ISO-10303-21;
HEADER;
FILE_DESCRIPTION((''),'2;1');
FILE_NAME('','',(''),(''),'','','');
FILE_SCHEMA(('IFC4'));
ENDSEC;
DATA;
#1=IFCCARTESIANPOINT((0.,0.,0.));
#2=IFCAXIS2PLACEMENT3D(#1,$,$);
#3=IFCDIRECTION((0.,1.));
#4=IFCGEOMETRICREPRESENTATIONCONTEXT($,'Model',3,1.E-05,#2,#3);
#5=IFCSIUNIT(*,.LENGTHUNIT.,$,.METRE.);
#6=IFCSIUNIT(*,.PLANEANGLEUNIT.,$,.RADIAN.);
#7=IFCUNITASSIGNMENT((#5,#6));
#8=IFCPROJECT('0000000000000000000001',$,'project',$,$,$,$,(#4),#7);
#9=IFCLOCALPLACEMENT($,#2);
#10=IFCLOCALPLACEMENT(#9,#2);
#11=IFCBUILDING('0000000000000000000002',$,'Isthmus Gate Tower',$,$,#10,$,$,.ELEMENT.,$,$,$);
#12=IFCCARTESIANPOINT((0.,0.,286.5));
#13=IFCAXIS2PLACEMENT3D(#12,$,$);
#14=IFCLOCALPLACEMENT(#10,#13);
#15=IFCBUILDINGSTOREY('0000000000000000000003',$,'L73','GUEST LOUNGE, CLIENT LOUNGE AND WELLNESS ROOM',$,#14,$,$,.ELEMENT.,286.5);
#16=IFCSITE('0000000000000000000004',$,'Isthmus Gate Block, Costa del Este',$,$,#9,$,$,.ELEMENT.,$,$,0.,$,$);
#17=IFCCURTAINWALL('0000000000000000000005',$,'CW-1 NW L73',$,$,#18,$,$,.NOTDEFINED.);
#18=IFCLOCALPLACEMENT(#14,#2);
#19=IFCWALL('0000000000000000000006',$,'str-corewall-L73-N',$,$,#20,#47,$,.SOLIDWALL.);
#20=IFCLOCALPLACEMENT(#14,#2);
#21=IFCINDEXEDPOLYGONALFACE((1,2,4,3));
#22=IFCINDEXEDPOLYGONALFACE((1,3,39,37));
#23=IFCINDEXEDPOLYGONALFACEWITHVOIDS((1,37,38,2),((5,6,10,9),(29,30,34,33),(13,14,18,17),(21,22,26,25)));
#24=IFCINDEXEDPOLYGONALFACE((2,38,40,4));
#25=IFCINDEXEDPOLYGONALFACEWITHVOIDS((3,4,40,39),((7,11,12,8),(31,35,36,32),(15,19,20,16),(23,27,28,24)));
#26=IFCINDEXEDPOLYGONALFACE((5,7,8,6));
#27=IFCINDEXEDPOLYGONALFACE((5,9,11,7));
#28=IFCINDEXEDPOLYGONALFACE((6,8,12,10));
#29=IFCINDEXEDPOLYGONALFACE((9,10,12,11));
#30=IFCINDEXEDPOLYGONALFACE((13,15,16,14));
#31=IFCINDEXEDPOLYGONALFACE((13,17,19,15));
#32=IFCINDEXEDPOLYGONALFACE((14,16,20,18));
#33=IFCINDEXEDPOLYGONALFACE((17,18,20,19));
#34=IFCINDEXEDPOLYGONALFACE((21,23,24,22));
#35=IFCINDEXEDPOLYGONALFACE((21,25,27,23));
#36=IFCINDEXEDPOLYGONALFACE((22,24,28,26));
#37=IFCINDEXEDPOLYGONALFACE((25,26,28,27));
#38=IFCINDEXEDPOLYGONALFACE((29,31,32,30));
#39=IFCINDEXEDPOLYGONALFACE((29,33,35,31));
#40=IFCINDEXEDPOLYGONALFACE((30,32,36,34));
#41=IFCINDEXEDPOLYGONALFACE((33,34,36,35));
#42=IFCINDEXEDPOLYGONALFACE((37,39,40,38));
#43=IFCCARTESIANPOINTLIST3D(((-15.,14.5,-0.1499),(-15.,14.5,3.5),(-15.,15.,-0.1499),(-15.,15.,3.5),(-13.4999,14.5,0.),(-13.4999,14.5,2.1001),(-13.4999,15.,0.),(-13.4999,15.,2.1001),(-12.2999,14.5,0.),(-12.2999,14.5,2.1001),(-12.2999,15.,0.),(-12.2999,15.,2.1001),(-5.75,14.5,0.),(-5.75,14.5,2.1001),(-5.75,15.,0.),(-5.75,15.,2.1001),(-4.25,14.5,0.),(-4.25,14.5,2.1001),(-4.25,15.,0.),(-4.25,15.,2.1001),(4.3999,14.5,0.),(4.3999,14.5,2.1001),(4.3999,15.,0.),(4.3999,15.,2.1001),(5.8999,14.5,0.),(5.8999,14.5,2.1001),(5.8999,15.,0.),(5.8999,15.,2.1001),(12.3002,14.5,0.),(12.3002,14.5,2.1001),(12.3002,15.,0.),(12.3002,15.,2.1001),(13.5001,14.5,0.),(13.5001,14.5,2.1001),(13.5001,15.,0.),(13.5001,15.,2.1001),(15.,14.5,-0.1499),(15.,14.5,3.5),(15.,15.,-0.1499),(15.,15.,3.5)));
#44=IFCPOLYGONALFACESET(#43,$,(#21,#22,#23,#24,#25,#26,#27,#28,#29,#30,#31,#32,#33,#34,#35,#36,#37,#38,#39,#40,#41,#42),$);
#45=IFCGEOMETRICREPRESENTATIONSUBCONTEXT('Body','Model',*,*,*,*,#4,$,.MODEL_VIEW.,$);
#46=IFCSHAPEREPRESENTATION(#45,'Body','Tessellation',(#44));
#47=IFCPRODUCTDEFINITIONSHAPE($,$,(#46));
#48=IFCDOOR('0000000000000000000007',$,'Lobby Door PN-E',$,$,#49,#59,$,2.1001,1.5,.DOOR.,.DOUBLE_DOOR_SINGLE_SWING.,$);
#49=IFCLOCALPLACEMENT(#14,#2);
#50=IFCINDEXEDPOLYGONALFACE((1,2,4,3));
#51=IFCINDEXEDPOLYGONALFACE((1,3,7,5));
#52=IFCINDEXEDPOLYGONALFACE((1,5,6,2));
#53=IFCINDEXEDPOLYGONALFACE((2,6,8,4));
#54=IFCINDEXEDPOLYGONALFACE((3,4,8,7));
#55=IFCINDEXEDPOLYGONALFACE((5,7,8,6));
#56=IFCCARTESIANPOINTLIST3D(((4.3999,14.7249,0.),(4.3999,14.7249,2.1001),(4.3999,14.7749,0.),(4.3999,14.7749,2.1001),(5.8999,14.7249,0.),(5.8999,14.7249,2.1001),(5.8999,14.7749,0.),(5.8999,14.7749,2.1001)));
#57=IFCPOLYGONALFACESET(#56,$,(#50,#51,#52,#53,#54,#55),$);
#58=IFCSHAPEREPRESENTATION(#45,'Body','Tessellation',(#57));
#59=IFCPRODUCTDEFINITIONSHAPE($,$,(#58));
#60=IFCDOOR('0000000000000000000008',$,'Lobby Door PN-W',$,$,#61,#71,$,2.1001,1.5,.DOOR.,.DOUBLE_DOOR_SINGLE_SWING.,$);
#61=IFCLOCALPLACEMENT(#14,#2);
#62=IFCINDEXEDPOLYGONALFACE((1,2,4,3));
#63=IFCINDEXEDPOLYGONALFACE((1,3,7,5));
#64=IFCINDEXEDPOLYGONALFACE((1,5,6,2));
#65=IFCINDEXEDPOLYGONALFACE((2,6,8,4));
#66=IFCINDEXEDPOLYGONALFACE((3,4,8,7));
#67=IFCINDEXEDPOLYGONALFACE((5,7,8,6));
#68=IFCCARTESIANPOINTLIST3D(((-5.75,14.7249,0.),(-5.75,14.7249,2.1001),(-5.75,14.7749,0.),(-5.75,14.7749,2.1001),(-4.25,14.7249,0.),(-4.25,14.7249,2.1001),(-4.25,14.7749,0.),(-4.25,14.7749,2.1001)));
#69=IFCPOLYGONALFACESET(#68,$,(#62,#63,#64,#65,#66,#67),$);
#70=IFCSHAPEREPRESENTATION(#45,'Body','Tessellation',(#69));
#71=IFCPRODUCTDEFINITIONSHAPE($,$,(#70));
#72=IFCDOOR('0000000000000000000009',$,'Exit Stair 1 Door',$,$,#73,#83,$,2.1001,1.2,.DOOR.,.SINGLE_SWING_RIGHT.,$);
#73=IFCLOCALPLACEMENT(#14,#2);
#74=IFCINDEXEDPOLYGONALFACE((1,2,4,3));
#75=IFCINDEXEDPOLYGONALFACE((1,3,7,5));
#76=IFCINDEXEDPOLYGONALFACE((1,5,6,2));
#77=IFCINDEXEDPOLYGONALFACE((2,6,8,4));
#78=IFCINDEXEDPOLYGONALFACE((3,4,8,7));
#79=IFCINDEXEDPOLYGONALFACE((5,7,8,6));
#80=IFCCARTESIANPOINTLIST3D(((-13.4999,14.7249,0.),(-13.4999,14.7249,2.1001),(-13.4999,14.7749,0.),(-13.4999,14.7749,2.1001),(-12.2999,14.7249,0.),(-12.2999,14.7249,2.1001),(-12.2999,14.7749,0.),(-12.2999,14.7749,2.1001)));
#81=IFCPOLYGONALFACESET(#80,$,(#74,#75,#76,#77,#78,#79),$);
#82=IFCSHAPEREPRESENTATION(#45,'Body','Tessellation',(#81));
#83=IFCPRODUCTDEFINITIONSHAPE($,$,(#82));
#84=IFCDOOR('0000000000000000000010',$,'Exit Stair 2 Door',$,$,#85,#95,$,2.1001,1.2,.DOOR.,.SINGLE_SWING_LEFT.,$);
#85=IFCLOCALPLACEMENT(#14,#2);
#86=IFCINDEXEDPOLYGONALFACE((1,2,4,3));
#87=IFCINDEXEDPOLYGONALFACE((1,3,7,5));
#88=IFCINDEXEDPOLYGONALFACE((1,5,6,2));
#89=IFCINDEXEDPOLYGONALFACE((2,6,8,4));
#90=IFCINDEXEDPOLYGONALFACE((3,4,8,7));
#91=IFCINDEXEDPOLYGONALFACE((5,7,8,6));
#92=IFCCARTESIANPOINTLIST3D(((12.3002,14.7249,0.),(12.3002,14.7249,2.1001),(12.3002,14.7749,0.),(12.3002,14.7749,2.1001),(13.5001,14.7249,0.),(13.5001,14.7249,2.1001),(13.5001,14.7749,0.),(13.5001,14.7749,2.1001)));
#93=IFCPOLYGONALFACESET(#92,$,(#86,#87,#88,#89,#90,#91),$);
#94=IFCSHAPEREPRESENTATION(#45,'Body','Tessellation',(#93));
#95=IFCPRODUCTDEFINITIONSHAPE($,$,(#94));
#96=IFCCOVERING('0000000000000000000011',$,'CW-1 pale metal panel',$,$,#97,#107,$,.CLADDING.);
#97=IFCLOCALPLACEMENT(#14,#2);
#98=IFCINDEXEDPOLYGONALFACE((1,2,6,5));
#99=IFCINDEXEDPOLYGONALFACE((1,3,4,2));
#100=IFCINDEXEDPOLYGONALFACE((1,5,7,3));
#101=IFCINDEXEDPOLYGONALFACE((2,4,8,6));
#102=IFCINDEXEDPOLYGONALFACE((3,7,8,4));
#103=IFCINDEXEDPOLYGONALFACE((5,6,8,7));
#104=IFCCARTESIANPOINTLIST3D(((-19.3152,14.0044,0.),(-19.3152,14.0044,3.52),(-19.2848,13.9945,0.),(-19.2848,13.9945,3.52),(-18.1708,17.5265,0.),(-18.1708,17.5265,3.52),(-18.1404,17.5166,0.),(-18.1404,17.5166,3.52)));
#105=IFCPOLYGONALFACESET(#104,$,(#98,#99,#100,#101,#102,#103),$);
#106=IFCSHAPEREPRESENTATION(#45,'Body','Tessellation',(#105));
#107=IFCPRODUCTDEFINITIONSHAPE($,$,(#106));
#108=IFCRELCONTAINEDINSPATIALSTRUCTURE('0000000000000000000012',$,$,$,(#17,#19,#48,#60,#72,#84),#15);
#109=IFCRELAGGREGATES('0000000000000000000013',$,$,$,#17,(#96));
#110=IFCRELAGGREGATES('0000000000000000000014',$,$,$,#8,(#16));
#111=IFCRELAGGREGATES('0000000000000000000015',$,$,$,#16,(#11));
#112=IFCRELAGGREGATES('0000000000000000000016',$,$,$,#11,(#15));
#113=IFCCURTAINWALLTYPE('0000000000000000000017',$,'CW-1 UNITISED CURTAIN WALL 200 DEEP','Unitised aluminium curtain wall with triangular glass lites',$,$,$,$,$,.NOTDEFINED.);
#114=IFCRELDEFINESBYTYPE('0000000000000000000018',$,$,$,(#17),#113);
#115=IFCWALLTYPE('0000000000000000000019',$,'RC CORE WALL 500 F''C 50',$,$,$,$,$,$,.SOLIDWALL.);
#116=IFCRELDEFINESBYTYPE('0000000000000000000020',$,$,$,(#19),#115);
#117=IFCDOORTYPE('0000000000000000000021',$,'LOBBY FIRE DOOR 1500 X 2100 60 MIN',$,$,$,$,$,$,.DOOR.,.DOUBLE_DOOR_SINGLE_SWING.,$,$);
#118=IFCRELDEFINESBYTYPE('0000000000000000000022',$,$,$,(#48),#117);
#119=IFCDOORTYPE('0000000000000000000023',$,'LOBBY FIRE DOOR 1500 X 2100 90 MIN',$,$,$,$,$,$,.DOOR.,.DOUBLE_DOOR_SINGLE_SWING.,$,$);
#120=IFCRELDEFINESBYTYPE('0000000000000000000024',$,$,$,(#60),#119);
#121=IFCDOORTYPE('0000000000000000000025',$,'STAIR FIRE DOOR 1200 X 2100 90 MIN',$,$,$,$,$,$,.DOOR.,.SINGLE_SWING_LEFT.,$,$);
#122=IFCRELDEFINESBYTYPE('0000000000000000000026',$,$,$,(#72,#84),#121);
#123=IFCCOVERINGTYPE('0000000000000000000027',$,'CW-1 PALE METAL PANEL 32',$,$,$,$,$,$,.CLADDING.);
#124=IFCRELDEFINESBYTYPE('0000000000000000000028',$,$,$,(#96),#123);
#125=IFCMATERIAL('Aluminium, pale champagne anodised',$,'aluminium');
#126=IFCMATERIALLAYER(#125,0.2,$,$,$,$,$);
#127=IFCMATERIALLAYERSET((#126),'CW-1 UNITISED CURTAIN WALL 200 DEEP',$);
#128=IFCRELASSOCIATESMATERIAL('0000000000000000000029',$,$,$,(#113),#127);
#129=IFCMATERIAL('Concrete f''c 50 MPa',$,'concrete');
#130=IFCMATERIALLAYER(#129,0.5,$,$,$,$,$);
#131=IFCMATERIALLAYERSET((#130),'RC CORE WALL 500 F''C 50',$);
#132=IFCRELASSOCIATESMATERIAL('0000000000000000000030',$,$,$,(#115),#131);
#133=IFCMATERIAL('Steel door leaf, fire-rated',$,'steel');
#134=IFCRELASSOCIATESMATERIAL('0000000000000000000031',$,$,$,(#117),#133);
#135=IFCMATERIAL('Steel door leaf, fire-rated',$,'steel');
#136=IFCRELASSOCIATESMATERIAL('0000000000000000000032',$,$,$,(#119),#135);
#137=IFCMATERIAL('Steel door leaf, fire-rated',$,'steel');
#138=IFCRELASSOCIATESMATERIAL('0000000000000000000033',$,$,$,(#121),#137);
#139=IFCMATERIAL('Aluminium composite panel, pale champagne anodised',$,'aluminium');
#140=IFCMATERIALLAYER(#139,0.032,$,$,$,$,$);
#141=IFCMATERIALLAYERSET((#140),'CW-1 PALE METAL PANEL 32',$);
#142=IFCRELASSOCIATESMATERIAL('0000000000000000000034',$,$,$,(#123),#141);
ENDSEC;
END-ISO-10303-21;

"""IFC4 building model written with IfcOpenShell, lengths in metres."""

from ifc_helpers import new_model, si_unit, direction, frame, frame_2d, origin, origin_2d, place, context, subcontext, project, spatial, rectangle, extrude, material, layer, layer_set, type_object, element, fill, aggregate, save


model = new_model("IFC4")

# Units and contexts
model_context = context("Model", 3, precision=1e-05, world=origin(), true_north=direction((0.0, 1.0)))
body_context = subcontext(model_context, "Body", "Model", "MODEL_VIEW")
ifc_project = project(units=[si_unit("LENGTHUNIT", "METRE"), si_unit("PLANEANGLEUNIT", "RADIAN")], contexts=[model_context])

# Site, building, storey
site_placement = place(None, origin())
site = spatial("IfcSite", under=ifc_project, at=site_placement, Name="Isthmus Gate Block, Costa del Este", CompositionType="ELEMENT", RefElevation=0.0)
building_placement = place(site_placement, origin())
building = spatial("IfcBuilding", under=site, at=building_placement, Name="Isthmus Gate Tower", CompositionType="ELEMENT")
storey_placement = place(building_placement, frame((0.0, 0.0, 286.5)))
storey = spatial("IfcBuildingStorey", under=building, at=storey_placement, Name="L73", Description="GUEST LOUNGE, CLIENT LOUNGE AND WELLNESS ROOM", CompositionType="ELEMENT", Elevation=286.5)

# Shared definitions
ifc_material_1 = material(Name="Aluminium, pale champagne anodised", Category="aluminium")
ifc_layer_1 = layer(ifc_material_1, 0.2)
ifc_layer_set_1 = layer_set([ifc_layer_1], Name="CW-1 UNITISED CURTAIN WALL 200 DEEP")
curtain_wall_type = type_object("IfcCurtainWallType", Name="CW-1 UNITISED CURTAIN WALL 200 DEEP", Description="Unitised aluminium curtain wall with triangular glass lites", PredefinedType="NOTDEFINED", material=ifc_layer_set_1)

# Curtain wall
curtain_wall_1_placement = place(storey_placement, origin())
curtain_wall_1 = element("IfcCurtainWall", 1, at=curtain_wall_1_placement, inside=storey, type_object=curtain_wall_type, Name="CW-1 NW L73", PredefinedType="NOTDEFINED")

# Wall, openings, doors
ifc_material_2 = material(Name="Concrete f'c 50 MPa", Category="concrete")
ifc_layer_2 = layer(ifc_material_2, 0.5)
ifc_layer_set_2 = layer_set([ifc_layer_2], Name="RC CORE WALL 500 F'C 50")
wall_type_1 = type_object("IfcWallType", Name="RC CORE WALL 500 F'C 50", PredefinedType="SOLIDWALL", material=ifc_layer_set_2)
wall_1_placement = place(storey_placement, frame((-15.0, 14.75, -0.1499), z_axis=(0.0, 0.0, 1.0), x_axis=(1.0, 0.0, 0.0)))
wall_1 = element("IfcWall", 2, at=wall_1_placement, inside=storey, type_object=wall_type_1, Name="str-corewall-L73-N", PredefinedType="SOLIDWALL", context=body_context, shape_type="SweptSolid", body=[
    extrude(rectangle(XDim=30.0, YDim=0.5, at=frame_2d((15.0, 0.0))), origin(), (0.0, 0.0, 1.0), 3.6499),
])
opening_1_placement = place(wall_1_placement, frame((9.25, 0.0, 0.1499)))
opening_1 = element("IfcOpeningElement", 3, at=opening_1_placement, cuts=wall_1, PredefinedType="OPENING", context=body_context, shape_type="SweptSolid", body=[
    extrude(rectangle(XDim=1.5, YDim=2.1001, at=frame_2d((0.75, 1.05))), frame((0.0, 0.26, 0.0), z_axis=(0.0, -1.0, 0.0), x_axis=(1.0, 0.0, 0.0)), (0.0, 0.0, 1.0), 0.52),
])
opening_2_placement = place(wall_1_placement, frame((19.3999, 0.0, 0.1499)))
opening_2 = element("IfcOpeningElement", 4, at=opening_2_placement, cuts=wall_1, PredefinedType="OPENING", context=body_context, shape_type="SweptSolid", body=[
    extrude(rectangle(XDim=1.5, YDim=2.1001, at=frame_2d((0.75, 1.05))), frame((0.0, 0.26, 0.0), z_axis=(0.0, -1.0, 0.0), x_axis=(1.0, 0.0, 0.0)), (0.0, 0.0, 1.0), 0.52),
])
opening_3_placement = place(wall_1_placement, frame((1.5, 0.0, 0.1499)))
opening_3 = element("IfcOpeningElement", 5, at=opening_3_placement, cuts=wall_1, PredefinedType="OPENING", context=body_context, shape_type="SweptSolid", body=[
    extrude(rectangle(XDim=1.2, YDim=2.1001, at=frame_2d((0.6001, 1.05))), frame((0.0, 0.26, 0.0), z_axis=(0.0, -1.0, 0.0), x_axis=(1.0, 0.0, 0.0)), (0.0, 0.0, 1.0), 0.52),
])
opening_4_placement = place(wall_1_placement, frame((27.3, 0.0, 0.1499)))
opening_4 = element("IfcOpeningElement", 6, at=opening_4_placement, cuts=wall_1, PredefinedType="OPENING", context=body_context, shape_type="SweptSolid", body=[
    extrude(rectangle(XDim=1.2, YDim=2.1001, at=frame_2d((0.6001, 1.05))), frame((0.0, 0.26, 0.0), z_axis=(0.0, -1.0, 0.0), x_axis=(1.0, 0.0, 0.0)), (0.0, 0.0, 1.0), 0.52),
])
ifc_material_3 = material(Name="Steel door leaf, fire-rated", Category="steel")
door_type_1 = type_object("IfcDoorType", Name="LOBBY FIRE DOOR 1500 X 2100 60 MIN", OperationType="DOUBLE_DOOR_SINGLE_SWING", PredefinedType="DOOR", material=ifc_material_3)
door_1_placement = place(opening_2_placement, origin())
door_1 = element("IfcDoor", 7, at=door_1_placement, inside=storey, type_object=door_type_1, Name="Lobby Door PN-E", OperationType="DOUBLE_DOOR_SINGLE_SWING", OverallHeight=2.1001, OverallWidth=1.5, PredefinedType="DOOR", context=body_context, shape_type="SweptSolid", body=[
    extrude(rectangle(XDim=1.5, YDim=2.1001, at=frame_2d((0.75, 1.05))), frame((0.0, 0.0249, 0.0), z_axis=(0.0, -1.0, 0.0), x_axis=(1.0, 0.0, 0.0)), (0.0, 0.0, 1.0), 0.05),
])
fill(opening_2, door_1)
ifc_material_4 = material(Name="Steel door leaf, fire-rated", Category="steel")
door_type_2 = type_object("IfcDoorType", Name="LOBBY FIRE DOOR 1500 X 2100 90 MIN", OperationType="DOUBLE_DOOR_SINGLE_SWING", PredefinedType="DOOR", material=ifc_material_4)
door_2_placement = place(opening_1_placement, origin())
door_2 = element("IfcDoor", 8, at=door_2_placement, inside=storey, type_object=door_type_2, Name="Lobby Door PN-W", OperationType="DOUBLE_DOOR_SINGLE_SWING", OverallHeight=2.1001, OverallWidth=1.5, PredefinedType="DOOR", context=body_context, shape_type="SweptSolid", body=[
    extrude(rectangle(XDim=1.5, YDim=2.1001, at=frame_2d((0.75, 1.05))), frame((0.0, 0.0249, 0.0), z_axis=(0.0, -1.0, 0.0), x_axis=(1.0, 0.0, 0.0)), (0.0, 0.0, 1.0), 0.05),
])
fill(opening_1, door_2)
ifc_material_5 = material(Name="Steel door leaf, fire-rated", Category="steel")
door_type_3 = type_object("IfcDoorType", Name="STAIR FIRE DOOR 1200 X 2100 90 MIN", OperationType="SINGLE_SWING_LEFT", PredefinedType="DOOR", material=ifc_material_5)
door_3_placement = place(opening_3_placement, origin())
door_3 = element("IfcDoor", 9, at=door_3_placement, inside=storey, type_object=door_type_3, Name="Exit Stair 1 Door", OperationType="SINGLE_SWING_RIGHT", OverallHeight=2.1001, OverallWidth=1.2, PredefinedType="DOOR", context=body_context, shape_type="SweptSolid", body=[
    extrude(rectangle(XDim=1.2, YDim=2.1001, at=frame_2d((0.6001, 1.05))), frame((0.0, 0.0249, 0.0), z_axis=(0.0, -1.0, 0.0), x_axis=(1.0, 0.0, 0.0)), (0.0, 0.0, 1.0), 0.05),
])
fill(opening_3, door_3)
door_4_placement = place(opening_4_placement, origin())
door_4 = element("IfcDoor", 10, at=door_4_placement, inside=storey, type_object=door_type_3, Name="Exit Stair 2 Door", OperationType="SINGLE_SWING_LEFT", OverallHeight=2.1001, OverallWidth=1.2, PredefinedType="DOOR", context=body_context, shape_type="SweptSolid", body=[
    extrude(rectangle(XDim=1.2, YDim=2.1001, at=frame_2d((0.6001, 1.05))), frame((0.0, 0.0249, 0.0), z_axis=(0.0, -1.0, 0.0), x_axis=(1.0, 0.0, 0.0)), (0.0, 0.0, 1.0), 0.05),
])
fill(opening_4, door_4)

# Covering
ifc_material_6 = material(Name="Aluminium composite panel, pale champagne anodised", Category="aluminium")
ifc_layer_3 = layer(ifc_material_6, 0.032)
ifc_layer_set_3 = layer_set([ifc_layer_3], Name="CW-1 PALE METAL PANEL 32")
covering_type = type_object("IfcCoveringType", Name="CW-1 PALE METAL PANEL 32", PredefinedType="CLADDING", material=ifc_layer_set_3)
covering_placement = place(storey_placement, frame((-18.7278, 15.7605, 0.0), z_axis=(0.0, 0.0, 1.0), x_axis=(-0.309017, -0.951057, 0.0)))
covering = element("IfcCovering", 11, at=covering_placement, type_object=covering_type, Name="CW-1 pale metal panel", PredefinedType="CLADDING", context=body_context, shape_type="SweptSolid", body=[
    extrude(rectangle(XDim=3.7034, YDim=0.032, at=origin_2d()), origin(), (0.0, 0.0, 1.0), 3.52),
])
aggregate(curtain_wall_1, [covering])

save(model, "model.ifc")
